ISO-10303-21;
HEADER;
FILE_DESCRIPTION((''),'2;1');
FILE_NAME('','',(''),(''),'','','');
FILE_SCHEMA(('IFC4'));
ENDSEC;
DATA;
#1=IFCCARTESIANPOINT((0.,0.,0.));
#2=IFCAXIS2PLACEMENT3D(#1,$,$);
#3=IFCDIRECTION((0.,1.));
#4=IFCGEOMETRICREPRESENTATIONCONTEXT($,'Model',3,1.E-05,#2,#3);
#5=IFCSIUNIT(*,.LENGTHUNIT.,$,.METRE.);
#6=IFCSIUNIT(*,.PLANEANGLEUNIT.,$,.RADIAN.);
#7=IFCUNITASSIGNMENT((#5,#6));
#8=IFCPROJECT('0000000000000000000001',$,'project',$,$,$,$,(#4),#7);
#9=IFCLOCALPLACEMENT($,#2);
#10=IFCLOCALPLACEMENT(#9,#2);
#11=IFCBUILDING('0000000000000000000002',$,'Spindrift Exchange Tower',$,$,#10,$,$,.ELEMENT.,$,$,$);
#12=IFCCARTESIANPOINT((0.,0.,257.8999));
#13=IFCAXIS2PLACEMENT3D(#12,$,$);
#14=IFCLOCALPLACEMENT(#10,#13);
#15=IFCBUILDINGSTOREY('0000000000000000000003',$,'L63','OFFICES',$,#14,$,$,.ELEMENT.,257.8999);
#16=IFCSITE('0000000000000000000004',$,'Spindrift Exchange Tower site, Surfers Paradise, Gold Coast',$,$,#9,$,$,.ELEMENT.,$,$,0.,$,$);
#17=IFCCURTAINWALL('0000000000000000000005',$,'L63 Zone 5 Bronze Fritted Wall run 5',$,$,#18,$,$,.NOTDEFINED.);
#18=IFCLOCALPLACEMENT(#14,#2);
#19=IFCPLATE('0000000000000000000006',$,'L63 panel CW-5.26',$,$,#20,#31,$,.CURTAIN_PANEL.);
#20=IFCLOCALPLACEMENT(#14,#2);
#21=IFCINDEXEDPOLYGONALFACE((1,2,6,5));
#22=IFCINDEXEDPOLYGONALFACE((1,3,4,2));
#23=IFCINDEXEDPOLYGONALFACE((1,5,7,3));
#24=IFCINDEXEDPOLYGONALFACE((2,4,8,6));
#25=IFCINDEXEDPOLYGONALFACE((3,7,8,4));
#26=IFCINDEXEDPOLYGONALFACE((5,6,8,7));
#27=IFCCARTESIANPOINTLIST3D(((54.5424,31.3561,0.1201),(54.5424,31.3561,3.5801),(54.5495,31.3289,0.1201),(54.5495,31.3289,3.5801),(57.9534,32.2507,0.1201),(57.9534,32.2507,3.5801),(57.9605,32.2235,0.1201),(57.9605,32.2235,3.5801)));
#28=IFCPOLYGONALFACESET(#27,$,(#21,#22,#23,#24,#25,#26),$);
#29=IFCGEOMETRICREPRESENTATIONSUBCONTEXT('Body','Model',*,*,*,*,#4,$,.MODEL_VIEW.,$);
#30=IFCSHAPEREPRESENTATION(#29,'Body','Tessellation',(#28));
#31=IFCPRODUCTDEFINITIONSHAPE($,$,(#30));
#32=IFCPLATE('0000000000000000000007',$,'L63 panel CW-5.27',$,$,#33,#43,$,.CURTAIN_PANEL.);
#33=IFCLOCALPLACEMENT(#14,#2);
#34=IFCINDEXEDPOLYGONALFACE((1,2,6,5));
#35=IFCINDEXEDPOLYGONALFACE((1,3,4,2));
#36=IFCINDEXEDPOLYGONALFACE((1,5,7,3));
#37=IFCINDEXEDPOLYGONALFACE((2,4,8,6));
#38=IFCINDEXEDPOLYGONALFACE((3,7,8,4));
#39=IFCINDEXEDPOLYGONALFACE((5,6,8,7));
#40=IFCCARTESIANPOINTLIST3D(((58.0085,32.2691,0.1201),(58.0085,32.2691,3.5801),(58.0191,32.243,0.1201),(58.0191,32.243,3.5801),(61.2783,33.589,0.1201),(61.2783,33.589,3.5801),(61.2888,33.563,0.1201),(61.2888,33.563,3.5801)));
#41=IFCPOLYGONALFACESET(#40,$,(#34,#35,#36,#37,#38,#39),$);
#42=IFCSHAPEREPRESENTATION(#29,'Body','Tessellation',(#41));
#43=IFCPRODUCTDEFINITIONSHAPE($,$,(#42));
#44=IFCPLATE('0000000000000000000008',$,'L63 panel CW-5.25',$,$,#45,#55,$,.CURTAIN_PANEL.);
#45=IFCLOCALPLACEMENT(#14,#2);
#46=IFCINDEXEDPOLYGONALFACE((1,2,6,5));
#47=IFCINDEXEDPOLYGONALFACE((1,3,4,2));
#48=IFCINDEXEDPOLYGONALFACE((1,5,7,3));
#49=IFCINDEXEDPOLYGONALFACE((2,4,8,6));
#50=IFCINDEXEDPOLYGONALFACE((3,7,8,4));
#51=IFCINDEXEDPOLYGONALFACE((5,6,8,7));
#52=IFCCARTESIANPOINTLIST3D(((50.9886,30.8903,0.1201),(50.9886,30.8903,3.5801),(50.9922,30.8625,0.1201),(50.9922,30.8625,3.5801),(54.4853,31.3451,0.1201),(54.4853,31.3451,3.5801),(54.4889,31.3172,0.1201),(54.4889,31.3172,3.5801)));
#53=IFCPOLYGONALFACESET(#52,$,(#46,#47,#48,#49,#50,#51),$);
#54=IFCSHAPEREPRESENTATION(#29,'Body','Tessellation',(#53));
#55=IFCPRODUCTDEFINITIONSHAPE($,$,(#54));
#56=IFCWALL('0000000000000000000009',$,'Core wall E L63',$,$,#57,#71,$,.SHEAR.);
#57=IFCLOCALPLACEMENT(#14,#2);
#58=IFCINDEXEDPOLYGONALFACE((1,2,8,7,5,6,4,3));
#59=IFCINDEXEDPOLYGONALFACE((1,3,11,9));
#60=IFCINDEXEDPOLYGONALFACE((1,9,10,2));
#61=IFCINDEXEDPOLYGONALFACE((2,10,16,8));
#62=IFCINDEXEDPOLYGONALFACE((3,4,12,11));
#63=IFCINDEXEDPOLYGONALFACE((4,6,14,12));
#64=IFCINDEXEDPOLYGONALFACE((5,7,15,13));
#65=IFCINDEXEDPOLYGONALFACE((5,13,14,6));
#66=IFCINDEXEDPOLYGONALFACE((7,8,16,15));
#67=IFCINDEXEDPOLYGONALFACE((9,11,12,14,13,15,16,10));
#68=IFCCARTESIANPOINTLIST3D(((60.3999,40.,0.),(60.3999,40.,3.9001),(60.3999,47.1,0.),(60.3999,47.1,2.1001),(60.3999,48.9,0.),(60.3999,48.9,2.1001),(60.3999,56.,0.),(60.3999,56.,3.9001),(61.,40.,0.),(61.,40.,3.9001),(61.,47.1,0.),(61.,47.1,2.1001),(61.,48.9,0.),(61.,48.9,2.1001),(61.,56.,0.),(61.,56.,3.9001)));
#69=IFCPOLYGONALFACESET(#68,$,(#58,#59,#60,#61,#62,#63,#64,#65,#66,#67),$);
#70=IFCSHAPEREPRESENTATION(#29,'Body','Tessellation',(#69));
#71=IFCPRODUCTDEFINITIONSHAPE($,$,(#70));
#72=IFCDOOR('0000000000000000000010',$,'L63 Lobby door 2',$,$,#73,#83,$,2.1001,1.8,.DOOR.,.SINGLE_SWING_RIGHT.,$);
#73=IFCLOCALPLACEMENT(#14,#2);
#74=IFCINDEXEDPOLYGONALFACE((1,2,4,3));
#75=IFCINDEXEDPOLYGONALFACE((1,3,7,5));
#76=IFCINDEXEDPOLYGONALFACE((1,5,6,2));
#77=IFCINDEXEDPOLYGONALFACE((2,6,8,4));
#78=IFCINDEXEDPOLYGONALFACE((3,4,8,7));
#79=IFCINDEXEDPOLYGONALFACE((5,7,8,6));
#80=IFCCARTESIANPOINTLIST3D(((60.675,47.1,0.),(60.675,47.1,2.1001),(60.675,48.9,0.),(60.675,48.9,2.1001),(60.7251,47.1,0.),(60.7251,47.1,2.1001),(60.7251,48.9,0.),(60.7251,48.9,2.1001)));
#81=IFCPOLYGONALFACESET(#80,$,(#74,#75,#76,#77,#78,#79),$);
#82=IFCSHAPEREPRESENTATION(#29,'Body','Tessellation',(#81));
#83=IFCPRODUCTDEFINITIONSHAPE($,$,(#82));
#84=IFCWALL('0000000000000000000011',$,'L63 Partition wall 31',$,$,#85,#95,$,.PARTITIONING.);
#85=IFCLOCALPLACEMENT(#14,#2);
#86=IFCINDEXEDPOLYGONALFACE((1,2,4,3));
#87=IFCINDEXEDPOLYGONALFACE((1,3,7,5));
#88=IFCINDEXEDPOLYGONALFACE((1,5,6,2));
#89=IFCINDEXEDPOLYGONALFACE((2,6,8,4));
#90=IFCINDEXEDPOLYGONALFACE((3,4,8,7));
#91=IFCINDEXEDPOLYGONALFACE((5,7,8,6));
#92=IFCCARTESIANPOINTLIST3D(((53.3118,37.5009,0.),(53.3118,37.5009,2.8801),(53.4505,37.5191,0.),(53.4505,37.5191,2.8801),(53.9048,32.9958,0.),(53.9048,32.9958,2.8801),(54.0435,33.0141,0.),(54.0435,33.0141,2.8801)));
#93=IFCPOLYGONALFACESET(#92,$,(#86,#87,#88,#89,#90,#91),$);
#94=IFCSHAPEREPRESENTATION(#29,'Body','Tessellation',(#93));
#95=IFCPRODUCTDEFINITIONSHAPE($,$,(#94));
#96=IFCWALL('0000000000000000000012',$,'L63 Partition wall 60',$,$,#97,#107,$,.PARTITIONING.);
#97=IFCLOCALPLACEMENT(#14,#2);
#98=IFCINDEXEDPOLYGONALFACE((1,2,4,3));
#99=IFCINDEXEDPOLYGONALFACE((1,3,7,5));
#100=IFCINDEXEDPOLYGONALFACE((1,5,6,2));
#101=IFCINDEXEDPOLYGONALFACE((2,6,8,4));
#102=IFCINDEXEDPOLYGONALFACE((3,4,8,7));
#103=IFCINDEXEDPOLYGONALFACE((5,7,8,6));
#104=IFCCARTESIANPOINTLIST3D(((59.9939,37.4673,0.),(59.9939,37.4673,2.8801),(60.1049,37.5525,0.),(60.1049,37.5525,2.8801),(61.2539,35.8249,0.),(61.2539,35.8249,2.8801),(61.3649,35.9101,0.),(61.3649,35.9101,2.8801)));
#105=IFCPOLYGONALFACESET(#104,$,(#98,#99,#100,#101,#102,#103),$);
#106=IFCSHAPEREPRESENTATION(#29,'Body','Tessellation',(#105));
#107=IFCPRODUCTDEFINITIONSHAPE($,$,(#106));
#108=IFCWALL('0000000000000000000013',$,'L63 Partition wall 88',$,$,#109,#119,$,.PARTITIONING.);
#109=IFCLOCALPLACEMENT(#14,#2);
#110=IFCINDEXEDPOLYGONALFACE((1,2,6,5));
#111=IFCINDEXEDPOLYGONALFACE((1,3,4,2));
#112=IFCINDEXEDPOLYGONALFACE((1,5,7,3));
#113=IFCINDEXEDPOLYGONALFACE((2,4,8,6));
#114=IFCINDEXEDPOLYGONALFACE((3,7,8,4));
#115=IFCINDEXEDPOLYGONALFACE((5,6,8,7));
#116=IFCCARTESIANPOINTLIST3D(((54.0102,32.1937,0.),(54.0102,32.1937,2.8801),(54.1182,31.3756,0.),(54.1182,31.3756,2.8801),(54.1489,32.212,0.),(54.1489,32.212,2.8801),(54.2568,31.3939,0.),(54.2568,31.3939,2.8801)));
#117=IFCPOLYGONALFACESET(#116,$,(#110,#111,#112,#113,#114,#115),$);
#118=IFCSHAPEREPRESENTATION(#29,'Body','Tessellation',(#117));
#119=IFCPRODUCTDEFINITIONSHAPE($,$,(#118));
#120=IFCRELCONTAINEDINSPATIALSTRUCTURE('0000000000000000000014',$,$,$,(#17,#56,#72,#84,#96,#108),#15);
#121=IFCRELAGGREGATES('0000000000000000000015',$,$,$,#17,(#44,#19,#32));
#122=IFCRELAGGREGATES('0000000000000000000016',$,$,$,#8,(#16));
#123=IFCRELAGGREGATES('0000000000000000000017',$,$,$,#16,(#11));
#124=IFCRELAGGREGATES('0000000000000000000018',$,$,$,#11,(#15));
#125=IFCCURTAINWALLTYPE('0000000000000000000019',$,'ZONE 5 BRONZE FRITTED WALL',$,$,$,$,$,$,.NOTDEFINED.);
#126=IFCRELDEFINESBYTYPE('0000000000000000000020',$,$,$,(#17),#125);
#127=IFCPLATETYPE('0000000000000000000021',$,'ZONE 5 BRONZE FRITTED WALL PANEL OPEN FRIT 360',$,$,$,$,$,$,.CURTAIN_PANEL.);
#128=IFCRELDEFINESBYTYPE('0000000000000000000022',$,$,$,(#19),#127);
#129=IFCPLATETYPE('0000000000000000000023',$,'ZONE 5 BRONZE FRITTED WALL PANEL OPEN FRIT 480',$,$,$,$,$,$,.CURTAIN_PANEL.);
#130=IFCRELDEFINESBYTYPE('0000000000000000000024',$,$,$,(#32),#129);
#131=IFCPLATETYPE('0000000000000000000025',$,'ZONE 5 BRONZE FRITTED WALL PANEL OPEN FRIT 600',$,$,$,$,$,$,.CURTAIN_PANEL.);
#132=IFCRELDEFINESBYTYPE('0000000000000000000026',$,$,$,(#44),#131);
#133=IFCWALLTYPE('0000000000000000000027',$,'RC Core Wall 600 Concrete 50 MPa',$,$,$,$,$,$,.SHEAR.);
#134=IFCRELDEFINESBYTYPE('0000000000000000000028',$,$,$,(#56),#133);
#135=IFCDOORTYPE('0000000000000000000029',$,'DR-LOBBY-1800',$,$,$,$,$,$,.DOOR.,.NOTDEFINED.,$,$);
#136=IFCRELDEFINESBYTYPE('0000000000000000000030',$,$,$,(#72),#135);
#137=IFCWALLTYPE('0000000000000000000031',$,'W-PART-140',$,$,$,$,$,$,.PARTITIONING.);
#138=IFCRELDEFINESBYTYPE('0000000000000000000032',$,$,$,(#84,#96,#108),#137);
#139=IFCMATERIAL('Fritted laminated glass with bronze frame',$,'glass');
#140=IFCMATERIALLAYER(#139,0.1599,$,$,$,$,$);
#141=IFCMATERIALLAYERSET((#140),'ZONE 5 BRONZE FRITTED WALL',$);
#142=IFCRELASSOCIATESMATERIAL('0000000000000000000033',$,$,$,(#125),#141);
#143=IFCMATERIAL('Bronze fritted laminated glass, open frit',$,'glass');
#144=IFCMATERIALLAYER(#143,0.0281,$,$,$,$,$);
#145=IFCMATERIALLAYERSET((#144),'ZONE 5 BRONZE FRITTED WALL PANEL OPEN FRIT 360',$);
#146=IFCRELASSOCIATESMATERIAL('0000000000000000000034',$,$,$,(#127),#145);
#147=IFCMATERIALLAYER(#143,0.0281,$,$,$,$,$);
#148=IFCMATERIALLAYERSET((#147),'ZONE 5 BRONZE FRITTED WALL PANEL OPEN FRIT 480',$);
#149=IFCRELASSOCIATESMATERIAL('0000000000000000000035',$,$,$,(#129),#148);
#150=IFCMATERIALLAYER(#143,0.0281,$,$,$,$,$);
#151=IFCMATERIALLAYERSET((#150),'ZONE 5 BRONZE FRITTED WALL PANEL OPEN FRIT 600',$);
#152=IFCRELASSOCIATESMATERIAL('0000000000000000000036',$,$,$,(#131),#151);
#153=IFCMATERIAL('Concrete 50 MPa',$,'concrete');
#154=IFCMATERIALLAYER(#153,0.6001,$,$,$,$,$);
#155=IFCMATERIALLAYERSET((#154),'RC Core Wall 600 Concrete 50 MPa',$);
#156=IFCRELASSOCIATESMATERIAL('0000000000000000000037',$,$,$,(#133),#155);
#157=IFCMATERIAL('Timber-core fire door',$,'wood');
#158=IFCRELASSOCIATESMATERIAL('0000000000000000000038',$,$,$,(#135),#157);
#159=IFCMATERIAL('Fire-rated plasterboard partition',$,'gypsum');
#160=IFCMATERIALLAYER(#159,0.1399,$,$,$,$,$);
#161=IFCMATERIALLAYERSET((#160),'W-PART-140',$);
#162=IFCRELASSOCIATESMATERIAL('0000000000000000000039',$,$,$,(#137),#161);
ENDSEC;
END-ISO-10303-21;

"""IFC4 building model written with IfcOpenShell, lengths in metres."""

from ifc_helpers import new_model, si_unit, direction, frame, frame_2d, origin, origin_2d, place, context, subcontext, project, spatial, rectangle, extrude, source, transform, mapped, material, layer, layer_set, type_object, element, fill, aggregate, save


model = new_model("IFC4")

# Units and contexts
model_context = context("Model", 3, precision=1e-05, world=origin(), true_north=direction((0.0, 1.0)))
body_context = subcontext(model_context, "Body", "Model", "MODEL_VIEW")
ifc_project = project(units=[si_unit("LENGTHUNIT", "METRE"), si_unit("PLANEANGLEUNIT", "RADIAN")], contexts=[model_context])

# Site, building, storey
site_placement = place(None, origin())
site = spatial("IfcSite", under=ifc_project, at=site_placement, Name="Spindrift Exchange Tower site, Surfers Paradise, Gold Coast", CompositionType="ELEMENT", RefElevation=0.0)
building_placement = place(site_placement, origin())
building = spatial("IfcBuilding", under=site, at=building_placement, Name="Spindrift Exchange Tower", CompositionType="ELEMENT")
storey_placement = place(building_placement, frame((0.0, 0.0, 257.8999)))
storey = spatial("IfcBuildingStorey", under=building, at=storey_placement, Name="L63", Description="OFFICES", CompositionType="ELEMENT", Elevation=257.8999)

# Curtain wall, plates
ifc_material_1 = material(Name="Fritted laminated glass with bronze frame", Category="glass")
ifc_layer_1 = layer(ifc_material_1, 0.1599)
ifc_layer_set_1 = layer_set([ifc_layer_1], Name="ZONE 5 BRONZE FRITTED WALL")
curtain_wall_type = type_object("IfcCurtainWallType", Name="ZONE 5 BRONZE FRITTED WALL", PredefinedType="NOTDEFINED", material=ifc_layer_set_1)
curtain_wall_placement = place(storey_placement, origin())
curtain_wall = element("IfcCurtainWall", 1, at=curtain_wall_placement, inside=storey, type_object=curtain_wall_type, Name="L63 Zone 5 Bronze Fritted Wall run 5", PredefinedType="NOTDEFINED")
ifc_material_2 = material(Name="Bronze fritted laminated glass, open frit", Category="glass")
ifc_layer_2 = layer(ifc_material_2, 0.0281)
ifc_layer_set_2 = layer_set([ifc_layer_2], Name="ZONE 5 BRONZE FRITTED WALL PANEL OPEN FRIT 360")
plate_type_1 = type_object("IfcPlateType", Name="ZONE 5 BRONZE FRITTED WALL PANEL OPEN FRIT 360", PredefinedType="CURTAIN_PANEL", material=ifc_layer_set_2)
shared_shape_1 = source(origin(), body_context, "Body", "SweptSolid", [
    extrude(rectangle(XDim=3.5264, YDim=0.0281, at=origin_2d()), origin(), (0.0, 0.0, 1.0), 3.46),
])
plate_1_placement = place(storey_placement, frame((56.2515, 31.7898, 0.1201), z_axis=(0.0, 0.0, 1.0), x_axis=(0.967289, 0.253679, 0.0)))
plate_1 = element("IfcPlate", 2, at=plate_1_placement, type_object=plate_type_1, Name="L63 panel CW-5.26", PredefinedType="CURTAIN_PANEL", context=body_context, shape_type="MappedRepresentation", body=[
    mapped(shared_shape_1, transform((0.0, 0.0, 0.0), scale=1.0)),
])
ifc_layer_3 = layer(ifc_material_2, 0.0281)
ifc_layer_set_3 = layer_set([ifc_layer_3], Name="ZONE 5 BRONZE FRITTED WALL PANEL OPEN FRIT 480")
plate_type_2 = type_object("IfcPlateType", Name="ZONE 5 BRONZE FRITTED WALL PANEL OPEN FRIT 480", PredefinedType="CURTAIN_PANEL", material=ifc_layer_set_3)
shared_shape_2 = source(origin(), body_context, "Body", "SweptSolid", [
    extrude(rectangle(XDim=3.5261, YDim=0.0281, at=origin_2d()), origin(), (0.0, 0.0, 1.0), 3.46),
])
plate_2_placement = place(storey_placement, frame((59.6487, 32.916, 0.1201), z_axis=(0.0, 0.0, 1.0), x_axis=(0.927299, 0.374322, 0.0)))
plate_2 = element("IfcPlate", 3, at=plate_2_placement, type_object=plate_type_2, Name="L63 panel CW-5.27", PredefinedType="CURTAIN_PANEL", context=body_context, shape_type="MappedRepresentation", body=[
    mapped(shared_shape_2, transform((0.0, 0.0, 0.0), scale=1.0)),
])
ifc_layer_4 = layer(ifc_material_2, 0.0281)
ifc_layer_set_4 = layer_set([ifc_layer_4], Name="ZONE 5 BRONZE FRITTED WALL PANEL OPEN FRIT 600")
plate_type_3 = type_object("IfcPlateType", Name="ZONE 5 BRONZE FRITTED WALL PANEL OPEN FRIT 600", PredefinedType="CURTAIN_PANEL", material=ifc_layer_set_4)
shared_shape_3 = source(origin(), body_context, "Body", "SweptSolid", [
    extrude(rectangle(XDim=3.5261, YDim=0.0281, at=origin_2d()), origin(), (0.0, 0.0, 1.0), 3.46),
])
plate_3_placement = place(storey_placement, frame((52.7388, 31.1038, 0.1201), z_axis=(0.0, 0.0, 1.0), x_axis=(0.991649, 0.128965, 0.0)))
plate_3 = element("IfcPlate", 4, at=plate_3_placement, type_object=plate_type_3, Name="L63 panel CW-5.25", PredefinedType="CURTAIN_PANEL", context=body_context, shape_type="MappedRepresentation", body=[
    mapped(shared_shape_3, transform((0.0, 0.0, 0.0), scale=1.0)),
])
aggregate(curtain_wall, [plate_3, plate_1, plate_2])

# Wall, opening, door
ifc_material_3 = material(Name="Concrete 50 MPa", Category="concrete")
ifc_layer_5 = layer(ifc_material_3, 0.6001)
ifc_layer_set_5 = layer_set([ifc_layer_5], Name="RC Core Wall 600 Concrete 50 MPa")
wall_type_1 = type_object("IfcWallType", Name="RC Core Wall 600 Concrete 50 MPa", PredefinedType="SHEAR", material=ifc_layer_set_5)
wall_1_placement = place(storey_placement, frame((60.7, 40.0, 0.0), z_axis=(0.0, 0.0, 1.0), x_axis=(0.0, 1.0, 0.0)))
wall_1 = element("IfcWall", 5, at=wall_1_placement, inside=storey, type_object=wall_type_1, Name="Core wall E L63", PredefinedType="SHEAR", context=body_context, shape_type="SweptSolid", body=[
    extrude(rectangle(XDim=16.0, YDim=0.6001, at=frame_2d((8.0, 0.0))), origin(), (0.0, 0.0, 1.0), 3.9001),
])
opening_placement = place(wall_1_placement, frame((7.1001, 0.0, 0.0)))
opening = element("IfcOpeningElement", 6, at=opening_placement, cuts=wall_1, PredefinedType="OPENING", context=body_context, shape_type="SweptSolid", body=[
    extrude(rectangle(XDim=1.8, YDim=2.1001, at=frame_2d((0.8999, 1.05))), frame((0.0, 0.3101, 0.0), z_axis=(0.0, -1.0, 0.0), x_axis=(1.0, 0.0, 0.0)), (0.0, 0.0, 1.0), 0.6201),
])
ifc_material_4 = material(Name="Timber-core fire door", Category="wood")
door_type = type_object("IfcDoorType", Name="DR-LOBBY-1800", OperationType="NOTDEFINED", PredefinedType="DOOR", material=ifc_material_4)
shared_shape_4 = source(origin(), body_context, "Body", "SweptSolid", [
    extrude(rectangle(XDim=1.8, YDim=2.1001, at=frame_2d((0.8999, 1.05))), frame((0.0, 0.0249, 0.0), z_axis=(0.0, -1.0, 0.0), x_axis=(1.0, 0.0, 0.0)), (0.0, 0.0, 1.0), 0.05),
])
door_placement = place(opening_placement, origin())
door = element("IfcDoor", 7, at=door_placement, inside=storey, type_object=door_type, Name="L63 Lobby door 2", OperationType="SINGLE_SWING_RIGHT", OverallHeight=2.1001, OverallWidth=1.8, PredefinedType="DOOR", context=body_context, shape_type="MappedRepresentation", body=[
    mapped(shared_shape_4, transform((0.0, 0.0, 0.0), scale=1.0)),
])
fill(opening, door)

# Walls
ifc_material_5 = material(Name="Fire-rated plasterboard partition", Category="gypsum")
ifc_layer_6 = layer(ifc_material_5, 0.1399)
ifc_layer_set_6 = layer_set([ifc_layer_6], Name="W-PART-140")
wall_type_2 = type_object("IfcWallType", Name="W-PART-140", PredefinedType="PARTITIONING", material=ifc_layer_set_6)
wall_2_placement = place(storey_placement, frame((53.3811, 37.51, 0.0), z_axis=(0.0, 0.0, 1.0), x_axis=(0.130506, -0.991448, 0.0)))
element("IfcWall", 8, at=wall_2_placement, inside=storey, type_object=wall_type_2, Name="L63 Partition wall 31", PredefinedType="PARTITIONING", context=body_context, shape_type="SweptSolid", body=[
    extrude(rectangle(XDim=4.5439, YDim=0.1399, at=frame_2d((2.272, 0.0))), origin(), (0.0, 0.0, 1.0), 2.8801),
])
wall_3_placement = place(storey_placement, frame((60.0493, 37.51, 0.0), z_axis=(0.0, 0.0, 1.0), x_axis=(0.608701, -0.793399, 0.0)))
element("IfcWall", 9, at=wall_3_placement, inside=storey, type_object=wall_type_2, Name="L63 Partition wall 60", PredefinedType="PARTITIONING", context=body_context, shape_type="SweptSolid", body=[
    extrude(rectangle(XDim=2.0701, YDim=0.1399, at=frame_2d((1.0352, 0.0))), origin(), (0.0, 0.0, 1.0), 2.8801),
])
wall_4_placement = place(storey_placement, frame((54.0796, 32.2029, 0.0), z_axis=(0.0, 0.0, 1.0), x_axis=(0.130768, -0.991413, 0.0)))
element("IfcWall", 10, at=wall_4_placement, inside=storey, type_object=wall_type_2, Name="L63 Partition wall 88", PredefinedType="PARTITIONING", context=body_context, shape_type="SweptSolid", body=[
    extrude(rectangle(XDim=0.8252, YDim=0.1399, at=frame_2d((0.4126, 0.0))), origin(), (0.0, 0.0, 1.0), 2.8801),
])

save(model, "model.ifc")
